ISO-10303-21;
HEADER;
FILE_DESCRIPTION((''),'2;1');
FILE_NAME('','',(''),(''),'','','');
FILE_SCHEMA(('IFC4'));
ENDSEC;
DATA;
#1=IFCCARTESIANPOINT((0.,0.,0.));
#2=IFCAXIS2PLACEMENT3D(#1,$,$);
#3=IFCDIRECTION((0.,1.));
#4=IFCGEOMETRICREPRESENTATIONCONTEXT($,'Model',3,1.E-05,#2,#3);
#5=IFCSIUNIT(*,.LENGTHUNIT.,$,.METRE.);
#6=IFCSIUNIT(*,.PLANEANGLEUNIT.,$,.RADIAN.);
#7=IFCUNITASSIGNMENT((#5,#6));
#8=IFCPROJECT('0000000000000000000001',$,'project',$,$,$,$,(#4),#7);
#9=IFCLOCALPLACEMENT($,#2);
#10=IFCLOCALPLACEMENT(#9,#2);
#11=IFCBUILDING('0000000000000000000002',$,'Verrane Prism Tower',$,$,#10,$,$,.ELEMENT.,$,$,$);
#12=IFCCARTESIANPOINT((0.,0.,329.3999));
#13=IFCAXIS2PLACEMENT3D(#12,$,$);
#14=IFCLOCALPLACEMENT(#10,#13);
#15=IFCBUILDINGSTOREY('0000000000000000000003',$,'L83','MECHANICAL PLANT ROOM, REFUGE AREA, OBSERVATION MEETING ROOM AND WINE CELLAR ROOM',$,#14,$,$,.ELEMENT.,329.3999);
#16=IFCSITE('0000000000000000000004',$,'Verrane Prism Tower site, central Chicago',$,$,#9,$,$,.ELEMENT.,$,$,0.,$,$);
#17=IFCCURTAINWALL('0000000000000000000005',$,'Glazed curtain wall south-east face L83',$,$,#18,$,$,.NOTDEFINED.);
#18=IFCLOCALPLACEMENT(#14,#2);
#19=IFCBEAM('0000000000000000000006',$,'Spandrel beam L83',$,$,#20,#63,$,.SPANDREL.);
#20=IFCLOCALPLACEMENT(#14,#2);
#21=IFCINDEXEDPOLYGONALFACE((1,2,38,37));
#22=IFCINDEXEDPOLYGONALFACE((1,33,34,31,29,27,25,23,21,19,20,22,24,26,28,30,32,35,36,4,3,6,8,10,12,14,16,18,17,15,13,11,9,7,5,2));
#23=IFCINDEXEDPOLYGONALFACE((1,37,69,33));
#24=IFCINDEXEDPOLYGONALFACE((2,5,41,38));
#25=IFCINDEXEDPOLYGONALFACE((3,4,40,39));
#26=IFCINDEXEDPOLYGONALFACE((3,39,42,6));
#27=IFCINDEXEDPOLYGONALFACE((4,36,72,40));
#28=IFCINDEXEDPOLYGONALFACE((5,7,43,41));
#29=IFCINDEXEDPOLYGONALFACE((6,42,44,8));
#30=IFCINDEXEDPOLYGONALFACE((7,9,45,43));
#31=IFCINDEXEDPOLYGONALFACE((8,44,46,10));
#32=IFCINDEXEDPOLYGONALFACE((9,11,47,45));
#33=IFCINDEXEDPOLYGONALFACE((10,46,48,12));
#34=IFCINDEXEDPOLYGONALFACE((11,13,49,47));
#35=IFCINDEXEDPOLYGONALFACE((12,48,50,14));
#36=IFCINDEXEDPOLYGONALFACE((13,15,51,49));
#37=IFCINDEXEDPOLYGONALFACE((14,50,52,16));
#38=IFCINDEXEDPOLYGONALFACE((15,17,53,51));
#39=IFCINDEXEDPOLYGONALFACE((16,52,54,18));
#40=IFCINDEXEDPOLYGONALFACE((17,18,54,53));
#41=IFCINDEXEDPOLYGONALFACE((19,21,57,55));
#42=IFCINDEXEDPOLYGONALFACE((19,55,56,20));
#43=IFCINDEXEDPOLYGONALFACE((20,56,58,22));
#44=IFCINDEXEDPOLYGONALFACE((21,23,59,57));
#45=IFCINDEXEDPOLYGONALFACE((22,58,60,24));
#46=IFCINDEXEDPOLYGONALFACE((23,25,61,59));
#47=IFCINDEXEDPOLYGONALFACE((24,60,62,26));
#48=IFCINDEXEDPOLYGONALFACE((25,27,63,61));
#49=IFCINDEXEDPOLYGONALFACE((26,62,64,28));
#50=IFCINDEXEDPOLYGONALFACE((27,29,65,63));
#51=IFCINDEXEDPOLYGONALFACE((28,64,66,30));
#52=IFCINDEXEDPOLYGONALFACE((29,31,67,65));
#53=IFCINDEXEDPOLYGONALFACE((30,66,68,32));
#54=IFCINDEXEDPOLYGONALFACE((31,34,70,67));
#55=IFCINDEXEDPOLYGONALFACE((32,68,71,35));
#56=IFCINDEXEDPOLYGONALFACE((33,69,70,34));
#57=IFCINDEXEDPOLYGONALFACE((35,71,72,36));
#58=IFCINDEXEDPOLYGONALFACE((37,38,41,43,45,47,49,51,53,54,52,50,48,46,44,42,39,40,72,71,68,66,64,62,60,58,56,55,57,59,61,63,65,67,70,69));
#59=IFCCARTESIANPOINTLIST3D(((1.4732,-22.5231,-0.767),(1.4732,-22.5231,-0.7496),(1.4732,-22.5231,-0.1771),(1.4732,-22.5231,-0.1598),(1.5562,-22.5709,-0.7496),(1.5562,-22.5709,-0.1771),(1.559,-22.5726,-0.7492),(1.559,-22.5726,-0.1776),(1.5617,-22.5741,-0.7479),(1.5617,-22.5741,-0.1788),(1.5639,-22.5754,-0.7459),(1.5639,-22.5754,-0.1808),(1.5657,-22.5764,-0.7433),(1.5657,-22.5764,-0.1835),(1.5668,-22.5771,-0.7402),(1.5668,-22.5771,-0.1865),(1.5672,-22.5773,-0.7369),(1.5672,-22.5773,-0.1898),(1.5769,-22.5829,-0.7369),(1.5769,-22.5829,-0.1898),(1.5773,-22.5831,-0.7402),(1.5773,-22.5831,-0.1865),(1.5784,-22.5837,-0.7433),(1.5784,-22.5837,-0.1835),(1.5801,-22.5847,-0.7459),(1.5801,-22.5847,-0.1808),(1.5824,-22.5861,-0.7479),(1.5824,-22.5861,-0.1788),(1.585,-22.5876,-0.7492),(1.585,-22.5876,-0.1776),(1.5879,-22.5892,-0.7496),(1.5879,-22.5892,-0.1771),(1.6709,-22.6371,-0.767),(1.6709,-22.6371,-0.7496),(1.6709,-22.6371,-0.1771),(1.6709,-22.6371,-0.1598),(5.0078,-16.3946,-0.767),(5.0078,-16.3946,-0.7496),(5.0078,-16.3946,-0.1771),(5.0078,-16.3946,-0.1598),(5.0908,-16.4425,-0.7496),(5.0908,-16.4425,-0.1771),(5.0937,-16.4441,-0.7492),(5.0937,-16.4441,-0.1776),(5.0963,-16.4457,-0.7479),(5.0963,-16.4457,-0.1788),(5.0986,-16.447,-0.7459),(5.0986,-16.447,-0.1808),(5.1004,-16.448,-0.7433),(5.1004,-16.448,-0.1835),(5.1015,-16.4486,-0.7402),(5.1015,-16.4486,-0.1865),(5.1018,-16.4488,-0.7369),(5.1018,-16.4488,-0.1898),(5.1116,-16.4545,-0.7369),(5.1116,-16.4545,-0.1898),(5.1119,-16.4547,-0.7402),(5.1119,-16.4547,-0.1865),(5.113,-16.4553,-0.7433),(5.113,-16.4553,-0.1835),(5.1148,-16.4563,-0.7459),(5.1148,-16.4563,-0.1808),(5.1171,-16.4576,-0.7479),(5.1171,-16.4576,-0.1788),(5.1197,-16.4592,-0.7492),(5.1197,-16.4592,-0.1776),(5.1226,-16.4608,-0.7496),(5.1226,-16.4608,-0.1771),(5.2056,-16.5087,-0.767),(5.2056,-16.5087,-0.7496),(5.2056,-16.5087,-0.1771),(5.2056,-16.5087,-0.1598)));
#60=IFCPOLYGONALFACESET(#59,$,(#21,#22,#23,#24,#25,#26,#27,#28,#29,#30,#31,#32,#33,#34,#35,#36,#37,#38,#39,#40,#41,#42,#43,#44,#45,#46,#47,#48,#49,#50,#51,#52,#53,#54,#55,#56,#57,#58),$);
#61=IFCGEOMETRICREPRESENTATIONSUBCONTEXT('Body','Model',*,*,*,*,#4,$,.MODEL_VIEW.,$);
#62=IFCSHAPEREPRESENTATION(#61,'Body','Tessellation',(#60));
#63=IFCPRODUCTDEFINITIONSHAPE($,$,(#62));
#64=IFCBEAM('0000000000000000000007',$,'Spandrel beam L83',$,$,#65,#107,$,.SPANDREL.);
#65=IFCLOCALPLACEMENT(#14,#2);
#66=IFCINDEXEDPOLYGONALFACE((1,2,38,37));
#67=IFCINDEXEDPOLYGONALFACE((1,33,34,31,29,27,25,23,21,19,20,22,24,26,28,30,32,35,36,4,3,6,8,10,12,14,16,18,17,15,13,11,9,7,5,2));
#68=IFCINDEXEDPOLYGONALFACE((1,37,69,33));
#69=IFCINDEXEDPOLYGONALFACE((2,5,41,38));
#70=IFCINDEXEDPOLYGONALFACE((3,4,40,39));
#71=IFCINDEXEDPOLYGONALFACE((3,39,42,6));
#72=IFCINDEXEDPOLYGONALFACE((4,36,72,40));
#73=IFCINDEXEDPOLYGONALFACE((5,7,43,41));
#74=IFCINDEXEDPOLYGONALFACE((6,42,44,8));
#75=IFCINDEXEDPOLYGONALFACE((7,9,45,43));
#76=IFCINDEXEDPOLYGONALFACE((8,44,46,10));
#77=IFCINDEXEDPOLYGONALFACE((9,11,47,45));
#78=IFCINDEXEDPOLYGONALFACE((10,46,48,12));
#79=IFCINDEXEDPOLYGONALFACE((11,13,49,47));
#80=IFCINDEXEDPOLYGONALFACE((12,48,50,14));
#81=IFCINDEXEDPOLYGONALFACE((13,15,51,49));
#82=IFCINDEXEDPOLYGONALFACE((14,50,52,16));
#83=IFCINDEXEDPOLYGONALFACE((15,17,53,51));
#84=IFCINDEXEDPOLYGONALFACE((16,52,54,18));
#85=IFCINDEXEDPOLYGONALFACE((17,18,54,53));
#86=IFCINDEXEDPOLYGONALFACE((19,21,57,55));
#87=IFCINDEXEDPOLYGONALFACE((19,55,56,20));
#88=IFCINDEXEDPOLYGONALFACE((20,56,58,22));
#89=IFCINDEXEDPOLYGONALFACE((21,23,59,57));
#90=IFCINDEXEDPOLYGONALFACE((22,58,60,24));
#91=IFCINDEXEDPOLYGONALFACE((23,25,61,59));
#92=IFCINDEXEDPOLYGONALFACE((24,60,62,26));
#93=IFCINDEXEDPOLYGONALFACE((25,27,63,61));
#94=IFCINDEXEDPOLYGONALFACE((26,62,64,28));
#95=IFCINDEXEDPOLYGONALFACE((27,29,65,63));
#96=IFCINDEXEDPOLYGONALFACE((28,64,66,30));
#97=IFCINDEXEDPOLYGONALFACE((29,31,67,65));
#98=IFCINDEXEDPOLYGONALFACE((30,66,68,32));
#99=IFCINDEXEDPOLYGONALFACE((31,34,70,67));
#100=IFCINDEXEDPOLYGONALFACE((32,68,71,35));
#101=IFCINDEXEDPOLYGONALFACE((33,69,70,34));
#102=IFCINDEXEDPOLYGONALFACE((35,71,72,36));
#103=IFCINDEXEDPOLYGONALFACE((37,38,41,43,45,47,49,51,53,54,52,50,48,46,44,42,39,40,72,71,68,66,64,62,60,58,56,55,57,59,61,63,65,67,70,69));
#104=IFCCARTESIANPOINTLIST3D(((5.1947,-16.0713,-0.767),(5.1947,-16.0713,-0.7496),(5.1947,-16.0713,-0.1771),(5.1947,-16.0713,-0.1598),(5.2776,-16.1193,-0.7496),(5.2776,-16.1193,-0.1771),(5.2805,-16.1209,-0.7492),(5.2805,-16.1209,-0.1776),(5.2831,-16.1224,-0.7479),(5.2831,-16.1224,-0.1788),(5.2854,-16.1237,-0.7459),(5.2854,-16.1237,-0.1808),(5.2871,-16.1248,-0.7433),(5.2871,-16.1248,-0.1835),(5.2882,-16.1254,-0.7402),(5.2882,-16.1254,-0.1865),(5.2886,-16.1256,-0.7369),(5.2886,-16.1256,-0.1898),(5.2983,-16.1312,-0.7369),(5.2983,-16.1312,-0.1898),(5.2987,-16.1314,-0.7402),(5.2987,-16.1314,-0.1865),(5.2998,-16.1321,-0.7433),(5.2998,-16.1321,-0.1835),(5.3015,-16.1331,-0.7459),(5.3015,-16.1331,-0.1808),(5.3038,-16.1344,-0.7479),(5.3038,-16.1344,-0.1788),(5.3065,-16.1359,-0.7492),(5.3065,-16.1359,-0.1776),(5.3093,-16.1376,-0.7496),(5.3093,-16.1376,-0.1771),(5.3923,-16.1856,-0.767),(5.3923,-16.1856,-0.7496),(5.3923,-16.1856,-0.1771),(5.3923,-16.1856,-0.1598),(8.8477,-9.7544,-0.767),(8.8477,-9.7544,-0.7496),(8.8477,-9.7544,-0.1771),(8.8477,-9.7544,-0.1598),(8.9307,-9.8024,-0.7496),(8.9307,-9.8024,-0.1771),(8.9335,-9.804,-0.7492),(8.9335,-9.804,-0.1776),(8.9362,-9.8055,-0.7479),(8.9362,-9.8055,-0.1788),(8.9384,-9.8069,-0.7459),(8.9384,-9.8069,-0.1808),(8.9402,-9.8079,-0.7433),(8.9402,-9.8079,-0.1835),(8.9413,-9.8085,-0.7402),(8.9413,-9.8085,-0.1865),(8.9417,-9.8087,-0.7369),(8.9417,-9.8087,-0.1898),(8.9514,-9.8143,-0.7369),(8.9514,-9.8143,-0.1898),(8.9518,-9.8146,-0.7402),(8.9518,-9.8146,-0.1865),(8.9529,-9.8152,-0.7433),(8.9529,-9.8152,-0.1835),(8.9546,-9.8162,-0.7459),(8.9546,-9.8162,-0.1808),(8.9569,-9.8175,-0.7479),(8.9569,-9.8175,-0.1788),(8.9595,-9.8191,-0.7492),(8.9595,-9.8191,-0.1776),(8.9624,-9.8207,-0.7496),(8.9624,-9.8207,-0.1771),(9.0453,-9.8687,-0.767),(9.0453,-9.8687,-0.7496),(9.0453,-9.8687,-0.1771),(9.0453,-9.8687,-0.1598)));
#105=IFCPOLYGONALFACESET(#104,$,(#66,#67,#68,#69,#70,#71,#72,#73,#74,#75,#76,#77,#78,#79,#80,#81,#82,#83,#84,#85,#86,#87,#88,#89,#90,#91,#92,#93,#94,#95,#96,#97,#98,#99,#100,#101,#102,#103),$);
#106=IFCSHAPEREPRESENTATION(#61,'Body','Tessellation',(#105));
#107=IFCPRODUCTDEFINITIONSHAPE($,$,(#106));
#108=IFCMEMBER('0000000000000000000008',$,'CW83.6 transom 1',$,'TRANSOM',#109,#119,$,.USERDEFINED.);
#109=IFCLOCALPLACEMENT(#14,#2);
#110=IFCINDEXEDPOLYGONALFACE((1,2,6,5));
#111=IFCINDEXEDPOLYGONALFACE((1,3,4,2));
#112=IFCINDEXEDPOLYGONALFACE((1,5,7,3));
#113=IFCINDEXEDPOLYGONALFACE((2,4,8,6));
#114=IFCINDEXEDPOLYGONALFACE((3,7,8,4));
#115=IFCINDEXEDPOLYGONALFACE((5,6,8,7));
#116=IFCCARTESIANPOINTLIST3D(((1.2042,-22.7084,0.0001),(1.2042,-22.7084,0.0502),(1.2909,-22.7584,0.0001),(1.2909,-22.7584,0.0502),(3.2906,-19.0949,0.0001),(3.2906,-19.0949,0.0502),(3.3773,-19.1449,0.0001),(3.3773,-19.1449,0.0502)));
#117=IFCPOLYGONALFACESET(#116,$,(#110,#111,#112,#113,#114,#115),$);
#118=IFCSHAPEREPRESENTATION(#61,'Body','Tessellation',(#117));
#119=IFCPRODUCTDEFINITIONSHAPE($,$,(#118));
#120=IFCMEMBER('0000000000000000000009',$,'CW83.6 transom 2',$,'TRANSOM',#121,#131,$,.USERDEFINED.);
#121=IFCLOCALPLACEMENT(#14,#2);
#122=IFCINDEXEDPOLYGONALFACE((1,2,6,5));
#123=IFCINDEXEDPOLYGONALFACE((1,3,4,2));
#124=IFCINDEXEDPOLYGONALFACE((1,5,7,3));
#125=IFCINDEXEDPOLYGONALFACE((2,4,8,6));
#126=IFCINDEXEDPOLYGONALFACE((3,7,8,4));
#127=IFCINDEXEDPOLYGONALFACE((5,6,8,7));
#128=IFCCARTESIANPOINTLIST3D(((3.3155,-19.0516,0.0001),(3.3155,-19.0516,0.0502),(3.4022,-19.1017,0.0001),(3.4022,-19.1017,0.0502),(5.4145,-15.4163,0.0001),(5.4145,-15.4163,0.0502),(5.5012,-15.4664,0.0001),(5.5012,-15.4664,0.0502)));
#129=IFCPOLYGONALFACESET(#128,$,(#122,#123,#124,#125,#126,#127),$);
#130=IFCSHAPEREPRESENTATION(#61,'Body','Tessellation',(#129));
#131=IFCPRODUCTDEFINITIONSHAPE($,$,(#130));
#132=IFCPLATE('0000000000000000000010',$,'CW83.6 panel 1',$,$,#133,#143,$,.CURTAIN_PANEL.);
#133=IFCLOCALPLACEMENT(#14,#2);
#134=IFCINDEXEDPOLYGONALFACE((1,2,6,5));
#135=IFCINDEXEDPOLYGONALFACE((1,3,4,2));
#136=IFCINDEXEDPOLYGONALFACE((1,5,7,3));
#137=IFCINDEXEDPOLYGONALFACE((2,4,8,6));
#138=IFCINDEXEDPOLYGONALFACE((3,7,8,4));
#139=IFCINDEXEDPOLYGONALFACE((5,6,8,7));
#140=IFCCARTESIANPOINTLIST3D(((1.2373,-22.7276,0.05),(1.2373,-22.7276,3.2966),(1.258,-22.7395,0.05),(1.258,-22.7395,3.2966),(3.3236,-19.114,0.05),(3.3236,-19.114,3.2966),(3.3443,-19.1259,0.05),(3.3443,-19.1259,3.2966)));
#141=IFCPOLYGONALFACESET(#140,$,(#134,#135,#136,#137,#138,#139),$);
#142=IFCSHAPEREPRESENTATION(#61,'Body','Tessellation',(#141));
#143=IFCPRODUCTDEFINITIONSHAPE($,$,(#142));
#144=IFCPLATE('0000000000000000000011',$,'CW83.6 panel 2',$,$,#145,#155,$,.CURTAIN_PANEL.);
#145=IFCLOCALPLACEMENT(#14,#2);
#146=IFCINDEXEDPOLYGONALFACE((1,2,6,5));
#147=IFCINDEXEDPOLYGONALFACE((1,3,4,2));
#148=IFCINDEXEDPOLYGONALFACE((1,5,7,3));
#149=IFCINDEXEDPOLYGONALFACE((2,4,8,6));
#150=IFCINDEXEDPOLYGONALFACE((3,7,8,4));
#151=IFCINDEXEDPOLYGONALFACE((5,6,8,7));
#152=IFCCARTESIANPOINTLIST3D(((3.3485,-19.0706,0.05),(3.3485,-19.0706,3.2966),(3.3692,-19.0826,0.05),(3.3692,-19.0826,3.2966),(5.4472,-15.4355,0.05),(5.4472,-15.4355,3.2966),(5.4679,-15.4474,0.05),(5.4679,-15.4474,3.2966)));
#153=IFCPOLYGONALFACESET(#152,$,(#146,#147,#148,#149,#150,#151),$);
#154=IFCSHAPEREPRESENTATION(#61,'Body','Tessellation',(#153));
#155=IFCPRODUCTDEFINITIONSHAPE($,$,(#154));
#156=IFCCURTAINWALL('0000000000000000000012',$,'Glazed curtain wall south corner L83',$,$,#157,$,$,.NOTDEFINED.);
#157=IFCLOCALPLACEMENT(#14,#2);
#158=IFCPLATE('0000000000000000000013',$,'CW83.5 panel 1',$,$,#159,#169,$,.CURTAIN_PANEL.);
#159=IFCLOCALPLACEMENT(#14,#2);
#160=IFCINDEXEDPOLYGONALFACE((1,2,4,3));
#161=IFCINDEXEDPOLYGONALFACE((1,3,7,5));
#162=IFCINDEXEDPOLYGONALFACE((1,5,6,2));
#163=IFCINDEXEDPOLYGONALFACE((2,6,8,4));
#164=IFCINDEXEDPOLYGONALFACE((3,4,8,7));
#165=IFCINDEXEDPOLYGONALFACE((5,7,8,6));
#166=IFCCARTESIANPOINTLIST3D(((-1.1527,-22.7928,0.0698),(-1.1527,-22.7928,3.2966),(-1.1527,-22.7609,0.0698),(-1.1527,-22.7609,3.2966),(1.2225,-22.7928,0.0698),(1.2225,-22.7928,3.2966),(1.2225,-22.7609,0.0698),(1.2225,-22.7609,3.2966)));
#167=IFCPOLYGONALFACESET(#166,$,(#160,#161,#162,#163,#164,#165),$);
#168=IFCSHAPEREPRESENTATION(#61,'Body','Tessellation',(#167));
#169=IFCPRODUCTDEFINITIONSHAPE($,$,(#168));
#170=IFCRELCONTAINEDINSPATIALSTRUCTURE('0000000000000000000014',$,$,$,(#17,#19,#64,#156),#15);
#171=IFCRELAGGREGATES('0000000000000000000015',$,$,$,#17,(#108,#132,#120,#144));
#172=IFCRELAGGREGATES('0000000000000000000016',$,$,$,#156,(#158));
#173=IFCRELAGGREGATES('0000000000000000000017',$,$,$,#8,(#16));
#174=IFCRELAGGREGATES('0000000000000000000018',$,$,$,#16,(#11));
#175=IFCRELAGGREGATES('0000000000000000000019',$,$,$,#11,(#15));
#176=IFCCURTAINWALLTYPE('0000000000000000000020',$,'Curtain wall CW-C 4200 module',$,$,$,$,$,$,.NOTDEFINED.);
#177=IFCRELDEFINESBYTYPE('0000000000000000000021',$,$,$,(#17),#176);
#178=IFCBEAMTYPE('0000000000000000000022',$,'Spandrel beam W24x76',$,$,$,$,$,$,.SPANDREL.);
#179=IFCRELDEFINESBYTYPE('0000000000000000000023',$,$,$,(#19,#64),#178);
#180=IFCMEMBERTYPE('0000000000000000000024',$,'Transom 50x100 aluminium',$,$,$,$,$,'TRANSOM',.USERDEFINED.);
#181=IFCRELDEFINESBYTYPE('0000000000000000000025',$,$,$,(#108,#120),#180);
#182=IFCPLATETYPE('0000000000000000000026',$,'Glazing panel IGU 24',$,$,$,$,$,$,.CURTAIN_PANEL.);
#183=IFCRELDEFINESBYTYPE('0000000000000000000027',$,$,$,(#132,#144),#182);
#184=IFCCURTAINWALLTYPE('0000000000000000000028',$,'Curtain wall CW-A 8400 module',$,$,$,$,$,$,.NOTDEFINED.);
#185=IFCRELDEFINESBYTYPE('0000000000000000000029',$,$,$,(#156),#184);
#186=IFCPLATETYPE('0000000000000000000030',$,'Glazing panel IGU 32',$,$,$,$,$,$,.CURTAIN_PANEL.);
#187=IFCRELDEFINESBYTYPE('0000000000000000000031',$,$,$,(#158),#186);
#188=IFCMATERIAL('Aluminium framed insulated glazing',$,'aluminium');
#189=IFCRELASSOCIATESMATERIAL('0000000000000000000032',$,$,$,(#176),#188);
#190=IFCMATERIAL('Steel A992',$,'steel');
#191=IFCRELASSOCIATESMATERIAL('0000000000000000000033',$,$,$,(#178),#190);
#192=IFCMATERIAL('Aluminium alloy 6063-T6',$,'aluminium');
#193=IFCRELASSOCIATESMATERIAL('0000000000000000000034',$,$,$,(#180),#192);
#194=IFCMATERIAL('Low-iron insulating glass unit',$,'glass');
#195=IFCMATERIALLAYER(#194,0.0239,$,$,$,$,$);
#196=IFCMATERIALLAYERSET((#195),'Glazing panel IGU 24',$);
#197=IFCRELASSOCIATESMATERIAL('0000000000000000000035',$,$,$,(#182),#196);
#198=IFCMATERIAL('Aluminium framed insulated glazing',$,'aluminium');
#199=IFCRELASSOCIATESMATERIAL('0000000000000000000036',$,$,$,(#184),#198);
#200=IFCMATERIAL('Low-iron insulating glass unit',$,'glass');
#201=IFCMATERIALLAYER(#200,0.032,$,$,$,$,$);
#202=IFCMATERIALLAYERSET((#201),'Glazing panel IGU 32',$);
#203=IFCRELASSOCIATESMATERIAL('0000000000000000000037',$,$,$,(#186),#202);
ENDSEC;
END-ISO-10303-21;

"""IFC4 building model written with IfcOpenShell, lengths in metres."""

from ifc_helpers import new_model, si_unit, direction, frame, origin, origin_2d, place, context, subcontext, project, spatial, rectangle, i_section, extrude, material, layer, layer_set, material_profile, profile_set, type_object, element, aggregate, save


model = new_model("IFC4")

# Units and contexts
model_context = context("Model", 3, precision=1e-05, world=origin(), true_north=direction((0.0, 1.0)))
body_context = subcontext(model_context, "Body", "Model", "MODEL_VIEW")
ifc_project = project(units=[si_unit("LENGTHUNIT", "METRE"), si_unit("PLANEANGLEUNIT", "RADIAN")], contexts=[model_context])

# Site, building, storey
site_placement = place(None, origin())
site = spatial("IfcSite", under=ifc_project, at=site_placement, Name="Verrane Prism Tower site, central Chicago", CompositionType="ELEMENT", RefElevation=0.0)
building_placement = place(site_placement, origin())
building = spatial("IfcBuilding", under=site, at=building_placement, Name="Verrane Prism Tower", CompositionType="ELEMENT")
storey_placement = place(building_placement, frame((0.0, 0.0, 329.3999)))
storey = spatial("IfcBuildingStorey", under=building, at=storey_placement, Name="L83", Description="MECHANICAL PLANT ROOM, REFUGE AREA, OBSERVATION MEETING ROOM AND WINE CELLAR ROOM", CompositionType="ELEMENT", Elevation=329.3999)

# Curtain wall
ifc_material_1 = material(Name="Aluminium framed insulated glazing", Category="aluminium")
curtain_wall_type_1 = type_object("IfcCurtainWallType", Name="Curtain wall CW-C 4200 module", PredefinedType="NOTDEFINED", material=ifc_material_1)
curtain_wall_1_placement = place(storey_placement, origin())
curtain_wall_1 = element("IfcCurtainWall", 1, at=curtain_wall_1_placement, inside=storey, type_object=curtain_wall_type_1, Name="Glazed curtain wall south-east face L83", PredefinedType="NOTDEFINED")

# Beams
ifc_material_2 = material(Name="Steel A992", Category="steel")
ifc_material_profile_1 = material_profile(ifc_material_2, i_section(OverallWidth=0.2283, OverallDepth=0.6072, WebThickness=0.0112, FlangeThickness=0.0173, FilletRadius=0.0127, at=origin_2d()), Name="W24x76")
ifc_profile_set_1 = profile_set([ifc_material_profile_1], Name="Steel A992")
beam_type_1 = type_object("IfcBeamType", Name="Spandrel beam W24x76", PredefinedType="SPANDREL", material=ifc_profile_set_1)
beam_1_placement = place(storey_placement, frame((1.572, -22.5801, -0.4634), z_axis=(0.499621, 0.866244, 0.0), x_axis=(-0.866244, 0.499621, 0.0)))
element("IfcBeam", 2, at=beam_1_placement, inside=storey, type_object=beam_type_1, Name="Spandrel beam L83", PredefinedType="SPANDREL", context=body_context, shape_type="SweptSolid", body=[
    extrude(i_section(OverallWidth=0.2283, OverallDepth=0.6072, WebThickness=0.0112, FlangeThickness=0.0173, FilletRadius=0.0127, at=origin_2d()), origin(), (0.0, 0.0, 1.0), 7.0747),
])
beam_2_placement = place(storey_placement, frame((5.2935, -16.1284, -0.4634), z_axis=(0.500618, 0.865668, 0.0), x_axis=(-0.865668, 0.500618, 0.0)))
element("IfcBeam", 3, at=beam_2_placement, inside=storey, type_object=beam_type_1, Name="Spandrel beam L83", PredefinedType="SPANDREL", context=body_context, shape_type="SweptSolid", body=[
    extrude(i_section(OverallWidth=0.2283, OverallDepth=0.6072, WebThickness=0.0112, FlangeThickness=0.0173, FilletRadius=0.0127, at=origin_2d()), origin(), (0.0, 0.0, 1.0), 7.2971),
])

# Members
ifc_material_3 = material(Name="Aluminium alloy 6063-T6", Category="aluminium")
ifc_material_profile_2 = material_profile(ifc_material_3, rectangle(XDim=0.1001, YDim=0.05, at=origin_2d()), Name="Transom 50x100 aluminium")
ifc_profile_set_2 = profile_set([ifc_material_profile_2], Name="Aluminium alloy 6063-T6")
member_type_1 = type_object("IfcMemberType", Name="Transom 50x100 aluminium", ElementType="TRANSOM", PredefinedType="USERDEFINED", material=ifc_profile_set_2)
member_1_placement = place(storey_placement, frame((1.2476, -22.7334, 0.0251), z_axis=(0.500028, 0.866009, 0.0), x_axis=(-0.866009, 0.500028, 0.0)))
member_1 = element("IfcMember", 4, at=member_1_placement, type_object=member_type_1, Name="CW83.6 transom 1", ObjectType="TRANSOM", PredefinedType="USERDEFINED", context=body_context, shape_type="SweptSolid", body=[
    extrude(rectangle(XDim=0.1001, YDim=0.05, at=origin_2d()), origin(), (0.0, 0.0, 1.0), 4.1726),
])
member_2_placement = place(storey_placement, frame((3.3589, -19.0767, 0.0251), z_axis=(0.500011, 0.866019, 0.0), x_axis=(-0.866019, 0.500011, 0.0)))
member_2 = element("IfcMember", 5, at=member_2_placement, type_object=member_type_1, Name="CW83.6 transom 2", ObjectType="TRANSOM", PredefinedType="USERDEFINED", context=body_context, shape_type="SweptSolid", body=[
    extrude(rectangle(XDim=0.1001, YDim=0.05, at=origin_2d()), origin(), (0.0, 0.0, 1.0), 4.1978),
])

# Plates
ifc_material_4 = material(Name="Low-iron insulating glass unit", Category="glass")
ifc_layer_1 = layer(ifc_material_4, 0.0239)
ifc_layer_set_1 = layer_set([ifc_layer_1], Name="Glazing panel IGU 24")
plate_type_1 = type_object("IfcPlateType", Name="Glazing panel IGU 24", PredefinedType="CURTAIN_PANEL", material=ifc_layer_set_1)
plate_1_placement = place(storey_placement, frame((2.2908, -20.9268, 0.05), z_axis=(0.0, 0.0, 1.0), x_axis=(0.5, 0.866025, 0.0)))
plate_1 = element("IfcPlate", 6, at=plate_1_placement, type_object=plate_type_1, Name="CW83.6 panel 1", PredefinedType="CURTAIN_PANEL", context=body_context, shape_type="SweptSolid", body=[
    extrude(rectangle(XDim=4.1726, YDim=0.0239, at=origin_2d()), origin(), (0.0, 0.0, 1.0), 3.2466),
])
plate_2_placement = place(storey_placement, frame((4.4082, -17.259, 0.05), z_axis=(0.0, 0.0, 1.0), x_axis=(0.5, 0.866025, 0.0)))
plate_2 = element("IfcPlate", 7, at=plate_2_placement, type_object=plate_type_1, Name="CW83.6 panel 2", PredefinedType="CURTAIN_PANEL", context=body_context, shape_type="SweptSolid", body=[
    extrude(rectangle(XDim=4.1975, YDim=0.0239, at=origin_2d()), origin(), (0.0, 0.0, 1.0), 3.2466),
])
aggregate(curtain_wall_1, [member_1, plate_1, member_2, plate_2])

# Curtain wall, plate
ifc_material_5 = material(Name="Aluminium framed insulated glazing", Category="aluminium")
curtain_wall_type_2 = type_object("IfcCurtainWallType", Name="Curtain wall CW-A 8400 module", PredefinedType="NOTDEFINED", material=ifc_material_5)
curtain_wall_2_placement = place(storey_placement, origin())
curtain_wall_2 = element("IfcCurtainWall", 8, at=curtain_wall_2_placement, inside=storey, type_object=curtain_wall_type_2, Name="Glazed curtain wall south corner L83", PredefinedType="NOTDEFINED")
ifc_material_6 = material(Name="Low-iron insulating glass unit", Category="glass")
ifc_layer_2 = layer(ifc_material_6, 0.032)
ifc_layer_set_2 = layer_set([ifc_layer_2], Name="Glazing panel IGU 32")
plate_type_2 = type_object("IfcPlateType", Name="Glazing panel IGU 32", PredefinedType="CURTAIN_PANEL", material=ifc_layer_set_2)
plate_3_placement = place(storey_placement, frame((0.0349, -22.7769, 0.0698), z_axis=(0.0, 0.0, 1.0), x_axis=(1.0, 0.0, 0.0)))
plate_3 = element("IfcPlate", 9, at=plate_3_placement, type_object=plate_type_2, Name="CW83.5 panel 1", PredefinedType="CURTAIN_PANEL", context=body_context, shape_type="SweptSolid", body=[
    extrude(rectangle(XDim=2.3752, YDim=0.032, at=origin_2d()), origin(), (0.0, 0.0, 1.0), 3.2268),
])
aggregate(curtain_wall_2, [plate_3])

save(model, "model.ifc")
